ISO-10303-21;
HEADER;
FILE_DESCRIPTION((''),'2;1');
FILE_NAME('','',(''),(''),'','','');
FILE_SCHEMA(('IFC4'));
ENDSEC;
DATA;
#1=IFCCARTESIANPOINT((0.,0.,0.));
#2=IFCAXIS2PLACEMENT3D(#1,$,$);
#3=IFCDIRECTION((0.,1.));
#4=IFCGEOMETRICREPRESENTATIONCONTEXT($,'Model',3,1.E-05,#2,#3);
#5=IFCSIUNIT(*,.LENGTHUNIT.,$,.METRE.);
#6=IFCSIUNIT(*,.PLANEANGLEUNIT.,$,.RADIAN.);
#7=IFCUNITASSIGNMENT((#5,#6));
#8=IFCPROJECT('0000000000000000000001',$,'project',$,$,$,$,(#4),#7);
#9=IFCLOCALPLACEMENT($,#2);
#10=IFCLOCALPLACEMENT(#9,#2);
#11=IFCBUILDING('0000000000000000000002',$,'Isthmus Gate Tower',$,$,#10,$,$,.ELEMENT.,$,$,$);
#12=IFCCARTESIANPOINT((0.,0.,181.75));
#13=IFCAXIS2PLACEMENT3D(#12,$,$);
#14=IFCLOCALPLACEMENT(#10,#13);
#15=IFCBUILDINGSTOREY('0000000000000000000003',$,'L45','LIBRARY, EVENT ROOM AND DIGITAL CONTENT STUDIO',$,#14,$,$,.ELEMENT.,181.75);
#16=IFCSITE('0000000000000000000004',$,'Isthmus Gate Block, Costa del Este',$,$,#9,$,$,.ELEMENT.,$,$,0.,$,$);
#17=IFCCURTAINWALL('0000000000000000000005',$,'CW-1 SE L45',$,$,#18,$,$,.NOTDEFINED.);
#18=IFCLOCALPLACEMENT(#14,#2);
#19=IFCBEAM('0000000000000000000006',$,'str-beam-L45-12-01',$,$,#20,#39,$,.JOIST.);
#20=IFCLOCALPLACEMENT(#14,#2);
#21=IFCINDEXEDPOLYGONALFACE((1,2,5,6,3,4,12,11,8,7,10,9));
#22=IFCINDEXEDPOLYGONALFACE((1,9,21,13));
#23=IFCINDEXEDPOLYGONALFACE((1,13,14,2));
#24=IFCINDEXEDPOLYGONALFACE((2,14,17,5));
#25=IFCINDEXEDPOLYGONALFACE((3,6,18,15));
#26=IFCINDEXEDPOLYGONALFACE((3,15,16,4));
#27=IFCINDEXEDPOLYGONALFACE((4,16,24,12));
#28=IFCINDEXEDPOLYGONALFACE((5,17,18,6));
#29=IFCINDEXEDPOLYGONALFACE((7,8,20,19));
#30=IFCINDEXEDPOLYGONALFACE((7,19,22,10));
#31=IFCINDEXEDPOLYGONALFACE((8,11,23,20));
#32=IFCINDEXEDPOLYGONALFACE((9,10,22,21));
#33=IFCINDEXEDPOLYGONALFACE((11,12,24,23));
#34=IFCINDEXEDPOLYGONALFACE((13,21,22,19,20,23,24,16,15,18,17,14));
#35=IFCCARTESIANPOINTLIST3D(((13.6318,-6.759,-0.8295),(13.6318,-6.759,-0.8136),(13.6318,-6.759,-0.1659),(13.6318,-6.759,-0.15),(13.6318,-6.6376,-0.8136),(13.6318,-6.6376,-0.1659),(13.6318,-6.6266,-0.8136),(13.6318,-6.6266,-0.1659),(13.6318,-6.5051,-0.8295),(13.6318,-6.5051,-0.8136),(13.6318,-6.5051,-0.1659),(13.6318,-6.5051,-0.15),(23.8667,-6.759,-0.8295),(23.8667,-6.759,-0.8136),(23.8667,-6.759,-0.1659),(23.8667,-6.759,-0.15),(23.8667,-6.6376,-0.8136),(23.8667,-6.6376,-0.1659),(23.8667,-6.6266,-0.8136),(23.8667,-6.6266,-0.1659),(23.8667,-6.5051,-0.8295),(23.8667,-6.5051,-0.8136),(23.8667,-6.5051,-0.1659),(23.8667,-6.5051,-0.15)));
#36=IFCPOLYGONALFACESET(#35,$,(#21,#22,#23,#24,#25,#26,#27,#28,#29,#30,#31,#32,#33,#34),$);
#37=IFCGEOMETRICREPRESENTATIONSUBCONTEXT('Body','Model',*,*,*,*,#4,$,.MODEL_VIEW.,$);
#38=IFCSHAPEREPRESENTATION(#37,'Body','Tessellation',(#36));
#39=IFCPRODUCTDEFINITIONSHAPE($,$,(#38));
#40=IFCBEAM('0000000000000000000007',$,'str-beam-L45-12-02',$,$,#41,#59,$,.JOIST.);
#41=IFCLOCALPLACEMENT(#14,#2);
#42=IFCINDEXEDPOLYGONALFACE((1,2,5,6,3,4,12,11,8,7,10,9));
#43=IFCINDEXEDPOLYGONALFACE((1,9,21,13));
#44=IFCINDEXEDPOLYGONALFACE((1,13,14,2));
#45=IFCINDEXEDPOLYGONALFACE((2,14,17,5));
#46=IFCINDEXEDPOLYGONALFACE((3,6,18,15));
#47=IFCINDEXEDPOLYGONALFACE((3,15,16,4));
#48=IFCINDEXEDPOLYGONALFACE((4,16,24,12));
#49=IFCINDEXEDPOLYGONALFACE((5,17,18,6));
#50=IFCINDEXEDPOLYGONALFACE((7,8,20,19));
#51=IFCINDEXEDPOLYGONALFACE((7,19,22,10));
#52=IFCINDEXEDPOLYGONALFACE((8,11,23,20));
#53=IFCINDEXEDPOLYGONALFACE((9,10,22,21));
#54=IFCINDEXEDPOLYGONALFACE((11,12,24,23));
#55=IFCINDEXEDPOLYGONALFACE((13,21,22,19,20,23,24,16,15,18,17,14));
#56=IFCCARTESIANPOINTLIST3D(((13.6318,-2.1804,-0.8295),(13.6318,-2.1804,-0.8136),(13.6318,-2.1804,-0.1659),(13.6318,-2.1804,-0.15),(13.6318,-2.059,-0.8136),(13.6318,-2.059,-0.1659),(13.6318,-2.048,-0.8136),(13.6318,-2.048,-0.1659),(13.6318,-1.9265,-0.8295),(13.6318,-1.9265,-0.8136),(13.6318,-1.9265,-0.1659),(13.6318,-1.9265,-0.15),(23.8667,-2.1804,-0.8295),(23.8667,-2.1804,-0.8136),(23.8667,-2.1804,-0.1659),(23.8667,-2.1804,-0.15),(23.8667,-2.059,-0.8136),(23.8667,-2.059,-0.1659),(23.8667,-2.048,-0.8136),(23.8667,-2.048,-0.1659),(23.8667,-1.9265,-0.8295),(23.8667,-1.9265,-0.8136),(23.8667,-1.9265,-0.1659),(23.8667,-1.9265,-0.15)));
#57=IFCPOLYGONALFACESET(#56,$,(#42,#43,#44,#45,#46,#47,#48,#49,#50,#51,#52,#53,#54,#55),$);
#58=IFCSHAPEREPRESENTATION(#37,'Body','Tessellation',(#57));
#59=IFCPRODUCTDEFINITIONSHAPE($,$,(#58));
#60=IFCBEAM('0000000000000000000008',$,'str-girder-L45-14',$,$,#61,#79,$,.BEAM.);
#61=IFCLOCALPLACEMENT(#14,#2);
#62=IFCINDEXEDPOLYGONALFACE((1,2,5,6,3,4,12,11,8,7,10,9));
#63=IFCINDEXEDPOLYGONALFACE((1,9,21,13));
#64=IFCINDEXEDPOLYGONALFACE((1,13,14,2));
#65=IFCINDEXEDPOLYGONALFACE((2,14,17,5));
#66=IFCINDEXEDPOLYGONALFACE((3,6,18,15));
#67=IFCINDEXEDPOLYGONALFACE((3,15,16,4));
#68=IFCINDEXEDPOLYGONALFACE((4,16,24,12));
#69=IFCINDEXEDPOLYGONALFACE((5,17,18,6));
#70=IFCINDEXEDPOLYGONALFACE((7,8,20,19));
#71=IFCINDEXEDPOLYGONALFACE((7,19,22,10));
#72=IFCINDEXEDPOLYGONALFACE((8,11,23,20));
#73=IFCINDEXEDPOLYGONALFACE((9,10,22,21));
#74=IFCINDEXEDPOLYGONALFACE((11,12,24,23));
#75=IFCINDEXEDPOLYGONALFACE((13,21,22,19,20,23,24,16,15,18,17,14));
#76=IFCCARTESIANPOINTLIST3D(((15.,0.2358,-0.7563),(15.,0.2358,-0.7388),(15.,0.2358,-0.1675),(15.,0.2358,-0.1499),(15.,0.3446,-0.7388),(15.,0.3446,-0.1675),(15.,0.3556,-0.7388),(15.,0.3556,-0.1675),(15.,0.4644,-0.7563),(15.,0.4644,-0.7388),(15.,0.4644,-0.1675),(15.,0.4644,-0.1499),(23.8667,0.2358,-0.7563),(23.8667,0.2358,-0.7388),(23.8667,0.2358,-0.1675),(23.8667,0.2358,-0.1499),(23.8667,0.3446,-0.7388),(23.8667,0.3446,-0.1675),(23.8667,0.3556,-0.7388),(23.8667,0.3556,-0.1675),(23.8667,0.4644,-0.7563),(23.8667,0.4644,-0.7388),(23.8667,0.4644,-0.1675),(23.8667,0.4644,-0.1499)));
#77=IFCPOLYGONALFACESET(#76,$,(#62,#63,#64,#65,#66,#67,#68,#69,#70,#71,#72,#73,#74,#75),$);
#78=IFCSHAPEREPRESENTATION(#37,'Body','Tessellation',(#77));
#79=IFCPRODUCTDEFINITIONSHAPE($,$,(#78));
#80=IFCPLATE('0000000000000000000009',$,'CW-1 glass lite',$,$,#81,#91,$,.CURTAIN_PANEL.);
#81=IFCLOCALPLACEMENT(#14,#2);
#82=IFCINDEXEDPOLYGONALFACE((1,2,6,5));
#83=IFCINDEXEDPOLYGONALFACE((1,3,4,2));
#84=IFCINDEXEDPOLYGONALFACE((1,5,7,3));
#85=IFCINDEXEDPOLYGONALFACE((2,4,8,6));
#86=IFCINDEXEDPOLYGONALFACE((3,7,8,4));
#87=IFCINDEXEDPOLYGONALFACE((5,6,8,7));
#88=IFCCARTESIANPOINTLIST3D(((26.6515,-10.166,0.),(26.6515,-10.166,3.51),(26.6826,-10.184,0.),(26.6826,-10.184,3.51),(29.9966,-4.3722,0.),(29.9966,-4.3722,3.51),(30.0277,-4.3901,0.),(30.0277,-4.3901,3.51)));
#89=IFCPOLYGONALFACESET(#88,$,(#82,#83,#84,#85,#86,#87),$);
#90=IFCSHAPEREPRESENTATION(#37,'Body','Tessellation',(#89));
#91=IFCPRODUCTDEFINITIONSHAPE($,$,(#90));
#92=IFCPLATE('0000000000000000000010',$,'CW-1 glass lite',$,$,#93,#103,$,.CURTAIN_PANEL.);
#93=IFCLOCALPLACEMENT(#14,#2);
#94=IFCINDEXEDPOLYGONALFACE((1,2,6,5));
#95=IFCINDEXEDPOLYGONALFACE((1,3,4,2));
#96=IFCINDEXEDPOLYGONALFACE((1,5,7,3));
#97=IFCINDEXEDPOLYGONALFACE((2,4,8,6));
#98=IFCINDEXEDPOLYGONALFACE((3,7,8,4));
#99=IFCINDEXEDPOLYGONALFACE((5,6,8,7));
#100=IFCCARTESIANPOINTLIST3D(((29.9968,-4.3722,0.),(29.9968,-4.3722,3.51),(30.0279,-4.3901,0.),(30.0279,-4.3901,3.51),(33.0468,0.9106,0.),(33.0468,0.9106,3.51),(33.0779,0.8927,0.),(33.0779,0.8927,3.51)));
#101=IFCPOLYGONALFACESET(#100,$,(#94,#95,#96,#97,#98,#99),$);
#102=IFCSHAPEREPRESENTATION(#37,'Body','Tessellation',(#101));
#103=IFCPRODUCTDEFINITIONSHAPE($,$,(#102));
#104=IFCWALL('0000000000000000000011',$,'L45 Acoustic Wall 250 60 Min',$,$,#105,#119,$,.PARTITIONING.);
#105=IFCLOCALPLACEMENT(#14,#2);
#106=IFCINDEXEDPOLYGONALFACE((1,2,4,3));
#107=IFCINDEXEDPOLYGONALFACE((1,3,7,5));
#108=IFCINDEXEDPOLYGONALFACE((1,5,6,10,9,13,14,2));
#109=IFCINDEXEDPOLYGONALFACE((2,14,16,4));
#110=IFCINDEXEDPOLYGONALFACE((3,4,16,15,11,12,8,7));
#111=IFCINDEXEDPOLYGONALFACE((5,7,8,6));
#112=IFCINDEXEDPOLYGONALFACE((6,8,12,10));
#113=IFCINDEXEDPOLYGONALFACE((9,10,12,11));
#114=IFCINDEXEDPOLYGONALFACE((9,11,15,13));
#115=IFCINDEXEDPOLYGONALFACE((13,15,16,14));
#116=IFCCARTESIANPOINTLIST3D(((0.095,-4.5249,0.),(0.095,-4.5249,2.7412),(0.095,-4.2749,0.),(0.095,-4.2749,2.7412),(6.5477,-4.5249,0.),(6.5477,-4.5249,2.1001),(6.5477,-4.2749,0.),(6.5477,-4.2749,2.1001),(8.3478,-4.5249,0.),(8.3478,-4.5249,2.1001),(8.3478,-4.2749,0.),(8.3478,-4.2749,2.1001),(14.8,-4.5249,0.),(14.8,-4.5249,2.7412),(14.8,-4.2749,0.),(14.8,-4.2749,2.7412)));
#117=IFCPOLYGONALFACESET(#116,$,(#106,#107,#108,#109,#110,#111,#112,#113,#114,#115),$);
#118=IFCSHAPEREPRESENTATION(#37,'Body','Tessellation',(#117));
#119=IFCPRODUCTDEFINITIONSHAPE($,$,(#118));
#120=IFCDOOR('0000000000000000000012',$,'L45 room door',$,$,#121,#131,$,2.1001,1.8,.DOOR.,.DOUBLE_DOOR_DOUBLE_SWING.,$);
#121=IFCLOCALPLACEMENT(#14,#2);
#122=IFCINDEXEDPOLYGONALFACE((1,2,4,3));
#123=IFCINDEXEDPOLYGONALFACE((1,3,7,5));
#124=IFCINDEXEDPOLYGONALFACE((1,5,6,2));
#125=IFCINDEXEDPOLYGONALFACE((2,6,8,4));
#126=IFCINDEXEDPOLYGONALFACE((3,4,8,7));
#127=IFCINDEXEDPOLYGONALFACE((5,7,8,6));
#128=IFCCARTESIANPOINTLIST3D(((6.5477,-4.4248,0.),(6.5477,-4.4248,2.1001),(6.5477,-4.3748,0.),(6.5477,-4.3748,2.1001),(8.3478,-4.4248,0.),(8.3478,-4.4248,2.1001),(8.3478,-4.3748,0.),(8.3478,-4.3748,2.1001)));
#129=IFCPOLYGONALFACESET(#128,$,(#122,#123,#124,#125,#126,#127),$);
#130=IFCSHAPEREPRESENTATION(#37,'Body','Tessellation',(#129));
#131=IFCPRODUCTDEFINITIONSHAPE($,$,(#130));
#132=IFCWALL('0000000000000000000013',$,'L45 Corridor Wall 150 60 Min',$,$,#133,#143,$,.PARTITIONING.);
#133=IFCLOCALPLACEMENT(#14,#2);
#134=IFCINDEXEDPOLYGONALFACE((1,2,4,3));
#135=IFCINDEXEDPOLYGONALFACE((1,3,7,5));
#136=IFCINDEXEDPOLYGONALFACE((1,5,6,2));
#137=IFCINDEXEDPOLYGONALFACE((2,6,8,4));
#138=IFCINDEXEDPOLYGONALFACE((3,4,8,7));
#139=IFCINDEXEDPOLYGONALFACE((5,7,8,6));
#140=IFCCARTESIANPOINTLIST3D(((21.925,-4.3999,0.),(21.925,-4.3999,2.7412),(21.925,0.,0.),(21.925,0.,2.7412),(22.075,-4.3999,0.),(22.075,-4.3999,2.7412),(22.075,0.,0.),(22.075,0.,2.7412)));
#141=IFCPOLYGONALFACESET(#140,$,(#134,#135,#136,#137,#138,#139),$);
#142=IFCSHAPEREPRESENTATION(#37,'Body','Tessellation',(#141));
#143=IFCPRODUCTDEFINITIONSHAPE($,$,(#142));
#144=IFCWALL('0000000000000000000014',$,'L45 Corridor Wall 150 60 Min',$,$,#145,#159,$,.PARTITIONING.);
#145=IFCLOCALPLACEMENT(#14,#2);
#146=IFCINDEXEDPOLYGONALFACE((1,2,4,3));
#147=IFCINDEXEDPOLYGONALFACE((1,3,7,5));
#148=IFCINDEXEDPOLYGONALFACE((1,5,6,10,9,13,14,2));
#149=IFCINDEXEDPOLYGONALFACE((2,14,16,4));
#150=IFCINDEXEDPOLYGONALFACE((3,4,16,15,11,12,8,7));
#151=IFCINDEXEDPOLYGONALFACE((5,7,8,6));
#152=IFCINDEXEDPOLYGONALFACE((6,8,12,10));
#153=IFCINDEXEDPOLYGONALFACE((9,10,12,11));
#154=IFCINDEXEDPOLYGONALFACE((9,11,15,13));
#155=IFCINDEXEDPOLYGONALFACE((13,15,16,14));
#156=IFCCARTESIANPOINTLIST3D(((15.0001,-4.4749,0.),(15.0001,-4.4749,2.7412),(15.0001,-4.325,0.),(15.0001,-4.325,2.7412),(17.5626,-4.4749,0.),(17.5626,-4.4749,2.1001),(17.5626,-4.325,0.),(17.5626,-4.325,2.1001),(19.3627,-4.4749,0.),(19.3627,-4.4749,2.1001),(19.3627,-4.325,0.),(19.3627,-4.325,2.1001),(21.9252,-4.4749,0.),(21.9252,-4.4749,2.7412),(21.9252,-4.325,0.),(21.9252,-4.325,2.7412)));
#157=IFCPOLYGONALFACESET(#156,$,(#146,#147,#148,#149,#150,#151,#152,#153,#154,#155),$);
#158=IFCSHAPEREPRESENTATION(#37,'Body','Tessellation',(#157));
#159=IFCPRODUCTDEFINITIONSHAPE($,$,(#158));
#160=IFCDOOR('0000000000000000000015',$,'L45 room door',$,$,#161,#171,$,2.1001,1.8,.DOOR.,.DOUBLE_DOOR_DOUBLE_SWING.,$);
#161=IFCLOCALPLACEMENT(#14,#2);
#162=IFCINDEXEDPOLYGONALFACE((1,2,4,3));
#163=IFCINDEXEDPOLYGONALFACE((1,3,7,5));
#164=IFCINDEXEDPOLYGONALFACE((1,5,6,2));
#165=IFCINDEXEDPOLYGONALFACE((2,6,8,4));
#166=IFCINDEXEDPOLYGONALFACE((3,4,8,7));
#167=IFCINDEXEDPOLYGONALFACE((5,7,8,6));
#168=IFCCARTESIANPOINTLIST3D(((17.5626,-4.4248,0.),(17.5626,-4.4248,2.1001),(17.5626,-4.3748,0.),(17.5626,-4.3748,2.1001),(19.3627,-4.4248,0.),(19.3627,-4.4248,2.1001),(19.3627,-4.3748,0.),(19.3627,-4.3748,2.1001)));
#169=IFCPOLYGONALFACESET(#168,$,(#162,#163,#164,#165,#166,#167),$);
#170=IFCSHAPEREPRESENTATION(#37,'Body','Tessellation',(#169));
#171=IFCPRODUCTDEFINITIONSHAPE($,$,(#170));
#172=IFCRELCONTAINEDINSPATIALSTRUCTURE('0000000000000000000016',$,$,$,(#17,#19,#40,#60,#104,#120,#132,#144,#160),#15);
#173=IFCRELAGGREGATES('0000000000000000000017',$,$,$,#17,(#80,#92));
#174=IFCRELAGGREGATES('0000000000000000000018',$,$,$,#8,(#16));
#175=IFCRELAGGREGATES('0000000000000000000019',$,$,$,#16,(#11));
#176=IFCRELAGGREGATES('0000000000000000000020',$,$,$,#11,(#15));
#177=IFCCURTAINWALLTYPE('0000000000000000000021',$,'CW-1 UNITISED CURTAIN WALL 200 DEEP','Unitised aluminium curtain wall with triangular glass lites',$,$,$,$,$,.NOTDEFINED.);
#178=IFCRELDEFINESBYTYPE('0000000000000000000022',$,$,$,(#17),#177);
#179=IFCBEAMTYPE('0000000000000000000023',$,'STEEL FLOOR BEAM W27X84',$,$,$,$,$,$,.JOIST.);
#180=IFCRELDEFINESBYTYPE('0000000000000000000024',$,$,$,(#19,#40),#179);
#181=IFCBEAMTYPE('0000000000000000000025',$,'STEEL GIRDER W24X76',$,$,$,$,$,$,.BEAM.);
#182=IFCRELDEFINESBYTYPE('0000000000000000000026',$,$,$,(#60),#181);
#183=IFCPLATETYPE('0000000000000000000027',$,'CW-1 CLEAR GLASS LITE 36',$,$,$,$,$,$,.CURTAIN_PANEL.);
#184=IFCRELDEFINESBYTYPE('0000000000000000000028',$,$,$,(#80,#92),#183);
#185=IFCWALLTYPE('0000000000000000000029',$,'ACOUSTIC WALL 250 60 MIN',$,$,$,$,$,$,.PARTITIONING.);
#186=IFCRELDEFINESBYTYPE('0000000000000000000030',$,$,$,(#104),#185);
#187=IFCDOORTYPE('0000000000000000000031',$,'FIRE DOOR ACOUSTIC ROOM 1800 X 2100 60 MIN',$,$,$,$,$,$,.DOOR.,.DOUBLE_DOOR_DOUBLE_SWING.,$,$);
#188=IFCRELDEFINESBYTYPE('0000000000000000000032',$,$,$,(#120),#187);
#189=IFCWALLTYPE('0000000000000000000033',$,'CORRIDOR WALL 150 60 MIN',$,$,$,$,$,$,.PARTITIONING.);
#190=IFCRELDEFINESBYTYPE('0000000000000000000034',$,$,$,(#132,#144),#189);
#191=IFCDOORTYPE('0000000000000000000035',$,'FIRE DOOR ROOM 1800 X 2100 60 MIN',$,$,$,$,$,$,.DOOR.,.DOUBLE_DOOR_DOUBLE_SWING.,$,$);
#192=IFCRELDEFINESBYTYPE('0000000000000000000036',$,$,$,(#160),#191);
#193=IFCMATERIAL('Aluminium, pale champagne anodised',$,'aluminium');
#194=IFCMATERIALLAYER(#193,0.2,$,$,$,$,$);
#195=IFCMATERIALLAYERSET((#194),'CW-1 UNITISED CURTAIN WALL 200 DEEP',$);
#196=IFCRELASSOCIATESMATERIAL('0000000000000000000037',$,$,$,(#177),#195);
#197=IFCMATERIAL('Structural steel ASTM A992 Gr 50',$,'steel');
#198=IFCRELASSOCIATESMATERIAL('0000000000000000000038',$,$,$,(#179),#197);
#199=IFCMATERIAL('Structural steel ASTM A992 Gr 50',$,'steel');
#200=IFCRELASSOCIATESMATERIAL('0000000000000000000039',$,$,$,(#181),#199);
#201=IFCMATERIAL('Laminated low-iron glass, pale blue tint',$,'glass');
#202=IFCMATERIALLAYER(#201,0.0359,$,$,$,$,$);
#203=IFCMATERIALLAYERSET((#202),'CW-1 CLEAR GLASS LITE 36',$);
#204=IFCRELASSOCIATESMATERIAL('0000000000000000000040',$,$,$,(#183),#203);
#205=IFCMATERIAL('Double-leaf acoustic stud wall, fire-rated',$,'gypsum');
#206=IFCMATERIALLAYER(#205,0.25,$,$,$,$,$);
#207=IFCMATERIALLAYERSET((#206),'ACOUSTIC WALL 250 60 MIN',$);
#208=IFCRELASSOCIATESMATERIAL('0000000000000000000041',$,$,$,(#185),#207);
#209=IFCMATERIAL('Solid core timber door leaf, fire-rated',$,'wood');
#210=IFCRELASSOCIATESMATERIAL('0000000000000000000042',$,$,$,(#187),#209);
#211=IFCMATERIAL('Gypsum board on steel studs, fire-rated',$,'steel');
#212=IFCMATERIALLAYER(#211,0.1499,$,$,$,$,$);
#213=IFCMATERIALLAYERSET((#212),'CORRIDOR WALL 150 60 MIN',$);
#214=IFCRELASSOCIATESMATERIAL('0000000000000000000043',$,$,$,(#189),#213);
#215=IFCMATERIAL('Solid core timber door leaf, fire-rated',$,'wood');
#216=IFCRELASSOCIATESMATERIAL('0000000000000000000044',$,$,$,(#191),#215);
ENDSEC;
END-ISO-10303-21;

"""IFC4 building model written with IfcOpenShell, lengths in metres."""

from ifc_helpers import new_model, si_unit, direction, frame, frame_2d, origin, origin_2d, place, context, subcontext, project, spatial, rectangle, i_section, extrude, material, layer, layer_set, material_profile, profile_set, type_object, element, fill, aggregate, save


model = new_model("IFC4")

# Units and contexts
model_context = context("Model", 3, precision=1e-05, world=origin(), true_north=direction((0.0, 1.0)))
body_context = subcontext(model_context, "Body", "Model", "MODEL_VIEW")
ifc_project = project(units=[si_unit("LENGTHUNIT", "METRE"), si_unit("PLANEANGLEUNIT", "RADIAN")], contexts=[model_context])

# Site, building, storey
site_placement = place(None, origin())
site = spatial("IfcSite", under=ifc_project, at=site_placement, Name="Isthmus Gate Block, Costa del Este", CompositionType="ELEMENT", RefElevation=0.0)
building_placement = place(site_placement, origin())
building = spatial("IfcBuilding", under=site, at=building_placement, Name="Isthmus Gate Tower", CompositionType="ELEMENT")
storey_placement = place(building_placement, frame((0.0, 0.0, 181.75)))
storey = spatial("IfcBuildingStorey", under=building, at=storey_placement, Name="L45", Description="LIBRARY, EVENT ROOM AND DIGITAL CONTENT STUDIO", CompositionType="ELEMENT", Elevation=181.75)

# Curtain wall
ifc_material_1 = material(Name="Aluminium, pale champagne anodised", Category="aluminium")
ifc_layer_1 = layer(ifc_material_1, 0.2)
ifc_layer_set_1 = layer_set([ifc_layer_1], Name="CW-1 UNITISED CURTAIN WALL 200 DEEP")
curtain_wall_type = type_object("IfcCurtainWallType", Name="CW-1 UNITISED CURTAIN WALL 200 DEEP", Description="Unitised aluminium curtain wall with triangular glass lites", PredefinedType="NOTDEFINED", material=ifc_layer_set_1)
curtain_wall_1_placement = place(storey_placement, origin())
curtain_wall_1 = element("IfcCurtainWall", 1, at=curtain_wall_1_placement, inside=storey, type_object=curtain_wall_type, Name="CW-1 SE L45", PredefinedType="NOTDEFINED")

# Beams
ifc_material_2 = material(Name="Structural steel ASTM A992 Gr 50", Category="steel")
ifc_material_profile_1 = material_profile(ifc_material_2, i_section(OverallWidth=0.2539, OverallDepth=0.6794, WebThickness=0.011, FlangeThickness=0.0159, at=origin_2d()), Name="W27X84")
ifc_profile_set_1 = profile_set([ifc_material_profile_1], Name="Structural steel ASTM A992 Gr 50")
beam_type_1 = type_object("IfcBeamType", Name="STEEL FLOOR BEAM W27X84", PredefinedType="JOIST", material=ifc_profile_set_1)
for number, where, z_axis, x_axis, name in (
    (2, (13.6318, -6.6321, -0.4897), (1.0, 0.0, 0.0), (0.0, 1.0, 0.0), "str-beam-L45-12-01"),
    (3, (13.6318, -2.0535, -0.4897), (1.0, 0.0, 0.0), (0.0, 1.0, 0.0), "str-beam-L45-12-02"),
):
    element("IfcBeam", number, at=place(storey_placement, frame(where, z_axis=z_axis, x_axis=x_axis)), inside=storey, type_object=beam_type_1, Name=name, PredefinedType="JOIST", context=body_context, shape_type="SweptSolid", body=[
        extrude(i_section(OverallWidth=0.2539, OverallDepth=0.6794, WebThickness=0.011, FlangeThickness=0.0159, at=origin_2d()), origin(), (0.0, 0.0, 1.0), 10.2349),
    ])
ifc_material_3 = material(Name="Structural steel ASTM A992 Gr 50", Category="steel")
ifc_material_profile_2 = material_profile(ifc_material_3, i_section(OverallWidth=0.2285, OverallDepth=0.6064, WebThickness=0.011, FlangeThickness=0.0176, at=origin_2d()), Name="W24X76")
ifc_profile_set_2 = profile_set([ifc_material_profile_2], Name="Structural steel ASTM A992 Gr 50")
beam_type_2 = type_object("IfcBeamType", Name="STEEL GIRDER W24X76", PredefinedType="BEAM", material=ifc_profile_set_2)
beam_1_placement = place(storey_placement, frame((15.0, 0.3501, -0.4531), z_axis=(1.0, 0.0, 0.0), x_axis=(0.0, 1.0, 0.0)))
element("IfcBeam", 4, at=beam_1_placement, inside=storey, type_object=beam_type_2, Name="str-girder-L45-14", PredefinedType="BEAM", context=body_context, shape_type="SweptSolid", body=[
    extrude(i_section(OverallWidth=0.2285, OverallDepth=0.6064, WebThickness=0.011, FlangeThickness=0.0176, at=origin_2d()), origin(), (0.0, 0.0, 1.0), 8.8667),
])

# Plates
ifc_material_4 = material(Name="Laminated low-iron glass, pale blue tint", Category="glass")
ifc_layer_2 = layer(ifc_material_4, 0.0359)
ifc_layer_set_2 = layer_set([ifc_layer_2], Name="CW-1 CLEAR GLASS LITE 36")
plate_type = type_object("IfcPlateType", Name="CW-1 CLEAR GLASS LITE 36", PredefinedType="CURTAIN_PANEL", material=ifc_layer_set_2)
plate_1_placement = place(storey_placement, frame((28.3396, -7.2781, 0.0), z_axis=(0.0, 0.0, 1.0), x_axis=(0.5, 0.866025, 0.0)))
plate_1 = element("IfcPlate", 5, at=plate_1_placement, type_object=plate_type, Name="CW-1 glass lite", PredefinedType="CURTAIN_PANEL", context=body_context, shape_type="SweptSolid", body=[
    extrude(rectangle(XDim=6.6902, YDim=0.0359, at=origin_2d()), origin(), (0.0, 0.0, 1.0), 3.51),
])
plate_2_placement = place(storey_placement, frame((31.5374, -1.7397, 0.0), z_axis=(0.0, 0.0, 1.0), x_axis=(0.5, 0.866025, 0.0)))
plate_2 = element("IfcPlate", 6, at=plate_2_placement, type_object=plate_type, Name="CW-1 glass lite", PredefinedType="CURTAIN_PANEL", context=body_context, shape_type="SweptSolid", body=[
    extrude(rectangle(XDim=6.1001, YDim=0.0359, at=origin_2d()), origin(), (0.0, 0.0, 1.0), 3.51),
])
aggregate(curtain_wall_1, [plate_1, plate_2])

# Wall, opening, door
ifc_material_5 = material(Name="Double-leaf acoustic stud wall, fire-rated", Category="gypsum")
ifc_layer_3 = layer(ifc_material_5, 0.25)
ifc_layer_set_3 = layer_set([ifc_layer_3], Name="ACOUSTIC WALL 250 60 MIN")
wall_type_1 = type_object("IfcWallType", Name="ACOUSTIC WALL 250 60 MIN", PredefinedType="PARTITIONING", material=ifc_layer_set_3)
wall_1_placement = place(storey_placement, frame((14.8, -4.3999, 0.0), z_axis=(0.0, 0.0, 1.0), x_axis=(-1.0, 0.0, 0.0)))
wall_1 = element("IfcWall", 7, at=wall_1_placement, inside=storey, type_object=wall_type_1, Name="L45 Acoustic Wall 250 60 Min", PredefinedType="PARTITIONING", context=body_context, shape_type="SweptSolid", body=[
    extrude(rectangle(XDim=14.7051, YDim=0.25, at=frame_2d((7.3525, 0.0))), origin(), (0.0, 0.0, 1.0), 2.7412),
])
opening_1_placement = place(wall_1_placement, frame((6.4524, 0.0, 0.0)))
opening_1 = element("IfcOpeningElement", 8, at=opening_1_placement, cuts=wall_1, PredefinedType="OPENING", context=body_context, shape_type="SweptSolid", body=[
    extrude(rectangle(XDim=1.8, YDim=2.1001, at=frame_2d((0.8999, 1.05))), frame((0.0, 0.135, 0.0), z_axis=(0.0, -1.0, 0.0), x_axis=(1.0, 0.0, 0.0)), (0.0, 0.0, 1.0), 0.27),
])
ifc_material_6 = material(Name="Solid core timber door leaf, fire-rated", Category="wood")
door_type_1 = type_object("IfcDoorType", Name="FIRE DOOR ACOUSTIC ROOM 1800 X 2100 60 MIN", OperationType="DOUBLE_DOOR_DOUBLE_SWING", PredefinedType="DOOR", material=ifc_material_6)
door_1_placement = place(opening_1_placement, origin())
door_1 = element("IfcDoor", 9, at=door_1_placement, inside=storey, type_object=door_type_1, Name="L45 room door", OperationType="DOUBLE_DOOR_DOUBLE_SWING", OverallHeight=2.1001, OverallWidth=1.8, PredefinedType="DOOR", context=body_context, shape_type="SweptSolid", body=[
    extrude(rectangle(XDim=1.8, YDim=2.1001, at=frame_2d((0.8999, 1.05))), frame((0.0, 0.0249, 0.0), z_axis=(0.0, -1.0, 0.0), x_axis=(1.0, 0.0, 0.0)), (0.0, 0.0, 1.0), 0.05),
])
fill(opening_1, door_1)

# Wall
ifc_material_7 = material(Name="Gypsum board on steel studs, fire-rated", Category="steel")
ifc_layer_4 = layer(ifc_material_7, 0.1499)
ifc_layer_set_4 = layer_set([ifc_layer_4], Name="CORRIDOR WALL 150 60 MIN")
wall_type_2 = type_object("IfcWallType", Name="CORRIDOR WALL 150 60 MIN", PredefinedType="PARTITIONING", material=ifc_layer_set_4)
wall_2_placement = place(storey_placement, frame((22.0, 0.0, 0.0), z_axis=(0.0, 0.0, 1.0), x_axis=(0.0, -1.0, 0.0)))
element("IfcWall", 10, at=wall_2_placement, inside=storey, type_object=wall_type_2, Name="L45 Corridor Wall 150 60 Min", PredefinedType="PARTITIONING", context=body_context, shape_type="SweptSolid", body=[
    extrude(rectangle(XDim=4.3999, YDim=0.1499, at=frame_2d((2.2, 0.0))), origin(), (0.0, 0.0, 1.0), 2.7412),
])

# Wall, opening, door
wall_3_placement = place(storey_placement, frame((21.925, -4.3999, 0.0), z_axis=(0.0, 0.0, 1.0), x_axis=(-1.0, 0.0, 0.0)))
wall_3 = element("IfcWall", 11, at=wall_3_placement, inside=storey, type_object=wall_type_2, Name="L45 Corridor Wall 150 60 Min", PredefinedType="PARTITIONING", context=body_context, shape_type="SweptSolid", body=[
    extrude(rectangle(XDim=6.925, YDim=0.1499, at=frame_2d((3.4624, 0.0))), origin(), (0.0, 0.0, 1.0), 2.7412),
])
opening_2_placement = place(wall_3_placement, frame((2.5625, 0.0, 0.0)))
opening_2 = element("IfcOpeningElement", 12, at=opening_2_placement, cuts=wall_3, PredefinedType="OPENING", context=body_context, shape_type="SweptSolid", body=[
    extrude(rectangle(XDim=1.8, YDim=2.1001, at=frame_2d((0.8999, 1.05))), frame((0.0, 0.085, 0.0), z_axis=(0.0, -1.0, 0.0), x_axis=(1.0, 0.0, 0.0)), (0.0, 0.0, 1.0), 0.1699),
])
ifc_material_8 = material(Name="Solid core timber door leaf, fire-rated", Category="wood")
door_type_2 = type_object("IfcDoorType", Name="FIRE DOOR ROOM 1800 X 2100 60 MIN", OperationType="DOUBLE_DOOR_DOUBLE_SWING", PredefinedType="DOOR", material=ifc_material_8)
door_2_placement = place(opening_2_placement, origin())
door_2 = element("IfcDoor", 13, at=door_2_placement, inside=storey, type_object=door_type_2, Name="L45 room door", OperationType="DOUBLE_DOOR_DOUBLE_SWING", OverallHeight=2.1001, OverallWidth=1.8, PredefinedType="DOOR", context=body_context, shape_type="SweptSolid", body=[
    extrude(rectangle(XDim=1.8, YDim=2.1001, at=frame_2d((0.8999, 1.05))), frame((0.0, 0.0249, 0.0), z_axis=(0.0, -1.0, 0.0), x_axis=(1.0, 0.0, 0.0)), (0.0, 0.0, 1.0), 0.05),
])
fill(opening_2, door_2)

save(model, "model.ifc")
